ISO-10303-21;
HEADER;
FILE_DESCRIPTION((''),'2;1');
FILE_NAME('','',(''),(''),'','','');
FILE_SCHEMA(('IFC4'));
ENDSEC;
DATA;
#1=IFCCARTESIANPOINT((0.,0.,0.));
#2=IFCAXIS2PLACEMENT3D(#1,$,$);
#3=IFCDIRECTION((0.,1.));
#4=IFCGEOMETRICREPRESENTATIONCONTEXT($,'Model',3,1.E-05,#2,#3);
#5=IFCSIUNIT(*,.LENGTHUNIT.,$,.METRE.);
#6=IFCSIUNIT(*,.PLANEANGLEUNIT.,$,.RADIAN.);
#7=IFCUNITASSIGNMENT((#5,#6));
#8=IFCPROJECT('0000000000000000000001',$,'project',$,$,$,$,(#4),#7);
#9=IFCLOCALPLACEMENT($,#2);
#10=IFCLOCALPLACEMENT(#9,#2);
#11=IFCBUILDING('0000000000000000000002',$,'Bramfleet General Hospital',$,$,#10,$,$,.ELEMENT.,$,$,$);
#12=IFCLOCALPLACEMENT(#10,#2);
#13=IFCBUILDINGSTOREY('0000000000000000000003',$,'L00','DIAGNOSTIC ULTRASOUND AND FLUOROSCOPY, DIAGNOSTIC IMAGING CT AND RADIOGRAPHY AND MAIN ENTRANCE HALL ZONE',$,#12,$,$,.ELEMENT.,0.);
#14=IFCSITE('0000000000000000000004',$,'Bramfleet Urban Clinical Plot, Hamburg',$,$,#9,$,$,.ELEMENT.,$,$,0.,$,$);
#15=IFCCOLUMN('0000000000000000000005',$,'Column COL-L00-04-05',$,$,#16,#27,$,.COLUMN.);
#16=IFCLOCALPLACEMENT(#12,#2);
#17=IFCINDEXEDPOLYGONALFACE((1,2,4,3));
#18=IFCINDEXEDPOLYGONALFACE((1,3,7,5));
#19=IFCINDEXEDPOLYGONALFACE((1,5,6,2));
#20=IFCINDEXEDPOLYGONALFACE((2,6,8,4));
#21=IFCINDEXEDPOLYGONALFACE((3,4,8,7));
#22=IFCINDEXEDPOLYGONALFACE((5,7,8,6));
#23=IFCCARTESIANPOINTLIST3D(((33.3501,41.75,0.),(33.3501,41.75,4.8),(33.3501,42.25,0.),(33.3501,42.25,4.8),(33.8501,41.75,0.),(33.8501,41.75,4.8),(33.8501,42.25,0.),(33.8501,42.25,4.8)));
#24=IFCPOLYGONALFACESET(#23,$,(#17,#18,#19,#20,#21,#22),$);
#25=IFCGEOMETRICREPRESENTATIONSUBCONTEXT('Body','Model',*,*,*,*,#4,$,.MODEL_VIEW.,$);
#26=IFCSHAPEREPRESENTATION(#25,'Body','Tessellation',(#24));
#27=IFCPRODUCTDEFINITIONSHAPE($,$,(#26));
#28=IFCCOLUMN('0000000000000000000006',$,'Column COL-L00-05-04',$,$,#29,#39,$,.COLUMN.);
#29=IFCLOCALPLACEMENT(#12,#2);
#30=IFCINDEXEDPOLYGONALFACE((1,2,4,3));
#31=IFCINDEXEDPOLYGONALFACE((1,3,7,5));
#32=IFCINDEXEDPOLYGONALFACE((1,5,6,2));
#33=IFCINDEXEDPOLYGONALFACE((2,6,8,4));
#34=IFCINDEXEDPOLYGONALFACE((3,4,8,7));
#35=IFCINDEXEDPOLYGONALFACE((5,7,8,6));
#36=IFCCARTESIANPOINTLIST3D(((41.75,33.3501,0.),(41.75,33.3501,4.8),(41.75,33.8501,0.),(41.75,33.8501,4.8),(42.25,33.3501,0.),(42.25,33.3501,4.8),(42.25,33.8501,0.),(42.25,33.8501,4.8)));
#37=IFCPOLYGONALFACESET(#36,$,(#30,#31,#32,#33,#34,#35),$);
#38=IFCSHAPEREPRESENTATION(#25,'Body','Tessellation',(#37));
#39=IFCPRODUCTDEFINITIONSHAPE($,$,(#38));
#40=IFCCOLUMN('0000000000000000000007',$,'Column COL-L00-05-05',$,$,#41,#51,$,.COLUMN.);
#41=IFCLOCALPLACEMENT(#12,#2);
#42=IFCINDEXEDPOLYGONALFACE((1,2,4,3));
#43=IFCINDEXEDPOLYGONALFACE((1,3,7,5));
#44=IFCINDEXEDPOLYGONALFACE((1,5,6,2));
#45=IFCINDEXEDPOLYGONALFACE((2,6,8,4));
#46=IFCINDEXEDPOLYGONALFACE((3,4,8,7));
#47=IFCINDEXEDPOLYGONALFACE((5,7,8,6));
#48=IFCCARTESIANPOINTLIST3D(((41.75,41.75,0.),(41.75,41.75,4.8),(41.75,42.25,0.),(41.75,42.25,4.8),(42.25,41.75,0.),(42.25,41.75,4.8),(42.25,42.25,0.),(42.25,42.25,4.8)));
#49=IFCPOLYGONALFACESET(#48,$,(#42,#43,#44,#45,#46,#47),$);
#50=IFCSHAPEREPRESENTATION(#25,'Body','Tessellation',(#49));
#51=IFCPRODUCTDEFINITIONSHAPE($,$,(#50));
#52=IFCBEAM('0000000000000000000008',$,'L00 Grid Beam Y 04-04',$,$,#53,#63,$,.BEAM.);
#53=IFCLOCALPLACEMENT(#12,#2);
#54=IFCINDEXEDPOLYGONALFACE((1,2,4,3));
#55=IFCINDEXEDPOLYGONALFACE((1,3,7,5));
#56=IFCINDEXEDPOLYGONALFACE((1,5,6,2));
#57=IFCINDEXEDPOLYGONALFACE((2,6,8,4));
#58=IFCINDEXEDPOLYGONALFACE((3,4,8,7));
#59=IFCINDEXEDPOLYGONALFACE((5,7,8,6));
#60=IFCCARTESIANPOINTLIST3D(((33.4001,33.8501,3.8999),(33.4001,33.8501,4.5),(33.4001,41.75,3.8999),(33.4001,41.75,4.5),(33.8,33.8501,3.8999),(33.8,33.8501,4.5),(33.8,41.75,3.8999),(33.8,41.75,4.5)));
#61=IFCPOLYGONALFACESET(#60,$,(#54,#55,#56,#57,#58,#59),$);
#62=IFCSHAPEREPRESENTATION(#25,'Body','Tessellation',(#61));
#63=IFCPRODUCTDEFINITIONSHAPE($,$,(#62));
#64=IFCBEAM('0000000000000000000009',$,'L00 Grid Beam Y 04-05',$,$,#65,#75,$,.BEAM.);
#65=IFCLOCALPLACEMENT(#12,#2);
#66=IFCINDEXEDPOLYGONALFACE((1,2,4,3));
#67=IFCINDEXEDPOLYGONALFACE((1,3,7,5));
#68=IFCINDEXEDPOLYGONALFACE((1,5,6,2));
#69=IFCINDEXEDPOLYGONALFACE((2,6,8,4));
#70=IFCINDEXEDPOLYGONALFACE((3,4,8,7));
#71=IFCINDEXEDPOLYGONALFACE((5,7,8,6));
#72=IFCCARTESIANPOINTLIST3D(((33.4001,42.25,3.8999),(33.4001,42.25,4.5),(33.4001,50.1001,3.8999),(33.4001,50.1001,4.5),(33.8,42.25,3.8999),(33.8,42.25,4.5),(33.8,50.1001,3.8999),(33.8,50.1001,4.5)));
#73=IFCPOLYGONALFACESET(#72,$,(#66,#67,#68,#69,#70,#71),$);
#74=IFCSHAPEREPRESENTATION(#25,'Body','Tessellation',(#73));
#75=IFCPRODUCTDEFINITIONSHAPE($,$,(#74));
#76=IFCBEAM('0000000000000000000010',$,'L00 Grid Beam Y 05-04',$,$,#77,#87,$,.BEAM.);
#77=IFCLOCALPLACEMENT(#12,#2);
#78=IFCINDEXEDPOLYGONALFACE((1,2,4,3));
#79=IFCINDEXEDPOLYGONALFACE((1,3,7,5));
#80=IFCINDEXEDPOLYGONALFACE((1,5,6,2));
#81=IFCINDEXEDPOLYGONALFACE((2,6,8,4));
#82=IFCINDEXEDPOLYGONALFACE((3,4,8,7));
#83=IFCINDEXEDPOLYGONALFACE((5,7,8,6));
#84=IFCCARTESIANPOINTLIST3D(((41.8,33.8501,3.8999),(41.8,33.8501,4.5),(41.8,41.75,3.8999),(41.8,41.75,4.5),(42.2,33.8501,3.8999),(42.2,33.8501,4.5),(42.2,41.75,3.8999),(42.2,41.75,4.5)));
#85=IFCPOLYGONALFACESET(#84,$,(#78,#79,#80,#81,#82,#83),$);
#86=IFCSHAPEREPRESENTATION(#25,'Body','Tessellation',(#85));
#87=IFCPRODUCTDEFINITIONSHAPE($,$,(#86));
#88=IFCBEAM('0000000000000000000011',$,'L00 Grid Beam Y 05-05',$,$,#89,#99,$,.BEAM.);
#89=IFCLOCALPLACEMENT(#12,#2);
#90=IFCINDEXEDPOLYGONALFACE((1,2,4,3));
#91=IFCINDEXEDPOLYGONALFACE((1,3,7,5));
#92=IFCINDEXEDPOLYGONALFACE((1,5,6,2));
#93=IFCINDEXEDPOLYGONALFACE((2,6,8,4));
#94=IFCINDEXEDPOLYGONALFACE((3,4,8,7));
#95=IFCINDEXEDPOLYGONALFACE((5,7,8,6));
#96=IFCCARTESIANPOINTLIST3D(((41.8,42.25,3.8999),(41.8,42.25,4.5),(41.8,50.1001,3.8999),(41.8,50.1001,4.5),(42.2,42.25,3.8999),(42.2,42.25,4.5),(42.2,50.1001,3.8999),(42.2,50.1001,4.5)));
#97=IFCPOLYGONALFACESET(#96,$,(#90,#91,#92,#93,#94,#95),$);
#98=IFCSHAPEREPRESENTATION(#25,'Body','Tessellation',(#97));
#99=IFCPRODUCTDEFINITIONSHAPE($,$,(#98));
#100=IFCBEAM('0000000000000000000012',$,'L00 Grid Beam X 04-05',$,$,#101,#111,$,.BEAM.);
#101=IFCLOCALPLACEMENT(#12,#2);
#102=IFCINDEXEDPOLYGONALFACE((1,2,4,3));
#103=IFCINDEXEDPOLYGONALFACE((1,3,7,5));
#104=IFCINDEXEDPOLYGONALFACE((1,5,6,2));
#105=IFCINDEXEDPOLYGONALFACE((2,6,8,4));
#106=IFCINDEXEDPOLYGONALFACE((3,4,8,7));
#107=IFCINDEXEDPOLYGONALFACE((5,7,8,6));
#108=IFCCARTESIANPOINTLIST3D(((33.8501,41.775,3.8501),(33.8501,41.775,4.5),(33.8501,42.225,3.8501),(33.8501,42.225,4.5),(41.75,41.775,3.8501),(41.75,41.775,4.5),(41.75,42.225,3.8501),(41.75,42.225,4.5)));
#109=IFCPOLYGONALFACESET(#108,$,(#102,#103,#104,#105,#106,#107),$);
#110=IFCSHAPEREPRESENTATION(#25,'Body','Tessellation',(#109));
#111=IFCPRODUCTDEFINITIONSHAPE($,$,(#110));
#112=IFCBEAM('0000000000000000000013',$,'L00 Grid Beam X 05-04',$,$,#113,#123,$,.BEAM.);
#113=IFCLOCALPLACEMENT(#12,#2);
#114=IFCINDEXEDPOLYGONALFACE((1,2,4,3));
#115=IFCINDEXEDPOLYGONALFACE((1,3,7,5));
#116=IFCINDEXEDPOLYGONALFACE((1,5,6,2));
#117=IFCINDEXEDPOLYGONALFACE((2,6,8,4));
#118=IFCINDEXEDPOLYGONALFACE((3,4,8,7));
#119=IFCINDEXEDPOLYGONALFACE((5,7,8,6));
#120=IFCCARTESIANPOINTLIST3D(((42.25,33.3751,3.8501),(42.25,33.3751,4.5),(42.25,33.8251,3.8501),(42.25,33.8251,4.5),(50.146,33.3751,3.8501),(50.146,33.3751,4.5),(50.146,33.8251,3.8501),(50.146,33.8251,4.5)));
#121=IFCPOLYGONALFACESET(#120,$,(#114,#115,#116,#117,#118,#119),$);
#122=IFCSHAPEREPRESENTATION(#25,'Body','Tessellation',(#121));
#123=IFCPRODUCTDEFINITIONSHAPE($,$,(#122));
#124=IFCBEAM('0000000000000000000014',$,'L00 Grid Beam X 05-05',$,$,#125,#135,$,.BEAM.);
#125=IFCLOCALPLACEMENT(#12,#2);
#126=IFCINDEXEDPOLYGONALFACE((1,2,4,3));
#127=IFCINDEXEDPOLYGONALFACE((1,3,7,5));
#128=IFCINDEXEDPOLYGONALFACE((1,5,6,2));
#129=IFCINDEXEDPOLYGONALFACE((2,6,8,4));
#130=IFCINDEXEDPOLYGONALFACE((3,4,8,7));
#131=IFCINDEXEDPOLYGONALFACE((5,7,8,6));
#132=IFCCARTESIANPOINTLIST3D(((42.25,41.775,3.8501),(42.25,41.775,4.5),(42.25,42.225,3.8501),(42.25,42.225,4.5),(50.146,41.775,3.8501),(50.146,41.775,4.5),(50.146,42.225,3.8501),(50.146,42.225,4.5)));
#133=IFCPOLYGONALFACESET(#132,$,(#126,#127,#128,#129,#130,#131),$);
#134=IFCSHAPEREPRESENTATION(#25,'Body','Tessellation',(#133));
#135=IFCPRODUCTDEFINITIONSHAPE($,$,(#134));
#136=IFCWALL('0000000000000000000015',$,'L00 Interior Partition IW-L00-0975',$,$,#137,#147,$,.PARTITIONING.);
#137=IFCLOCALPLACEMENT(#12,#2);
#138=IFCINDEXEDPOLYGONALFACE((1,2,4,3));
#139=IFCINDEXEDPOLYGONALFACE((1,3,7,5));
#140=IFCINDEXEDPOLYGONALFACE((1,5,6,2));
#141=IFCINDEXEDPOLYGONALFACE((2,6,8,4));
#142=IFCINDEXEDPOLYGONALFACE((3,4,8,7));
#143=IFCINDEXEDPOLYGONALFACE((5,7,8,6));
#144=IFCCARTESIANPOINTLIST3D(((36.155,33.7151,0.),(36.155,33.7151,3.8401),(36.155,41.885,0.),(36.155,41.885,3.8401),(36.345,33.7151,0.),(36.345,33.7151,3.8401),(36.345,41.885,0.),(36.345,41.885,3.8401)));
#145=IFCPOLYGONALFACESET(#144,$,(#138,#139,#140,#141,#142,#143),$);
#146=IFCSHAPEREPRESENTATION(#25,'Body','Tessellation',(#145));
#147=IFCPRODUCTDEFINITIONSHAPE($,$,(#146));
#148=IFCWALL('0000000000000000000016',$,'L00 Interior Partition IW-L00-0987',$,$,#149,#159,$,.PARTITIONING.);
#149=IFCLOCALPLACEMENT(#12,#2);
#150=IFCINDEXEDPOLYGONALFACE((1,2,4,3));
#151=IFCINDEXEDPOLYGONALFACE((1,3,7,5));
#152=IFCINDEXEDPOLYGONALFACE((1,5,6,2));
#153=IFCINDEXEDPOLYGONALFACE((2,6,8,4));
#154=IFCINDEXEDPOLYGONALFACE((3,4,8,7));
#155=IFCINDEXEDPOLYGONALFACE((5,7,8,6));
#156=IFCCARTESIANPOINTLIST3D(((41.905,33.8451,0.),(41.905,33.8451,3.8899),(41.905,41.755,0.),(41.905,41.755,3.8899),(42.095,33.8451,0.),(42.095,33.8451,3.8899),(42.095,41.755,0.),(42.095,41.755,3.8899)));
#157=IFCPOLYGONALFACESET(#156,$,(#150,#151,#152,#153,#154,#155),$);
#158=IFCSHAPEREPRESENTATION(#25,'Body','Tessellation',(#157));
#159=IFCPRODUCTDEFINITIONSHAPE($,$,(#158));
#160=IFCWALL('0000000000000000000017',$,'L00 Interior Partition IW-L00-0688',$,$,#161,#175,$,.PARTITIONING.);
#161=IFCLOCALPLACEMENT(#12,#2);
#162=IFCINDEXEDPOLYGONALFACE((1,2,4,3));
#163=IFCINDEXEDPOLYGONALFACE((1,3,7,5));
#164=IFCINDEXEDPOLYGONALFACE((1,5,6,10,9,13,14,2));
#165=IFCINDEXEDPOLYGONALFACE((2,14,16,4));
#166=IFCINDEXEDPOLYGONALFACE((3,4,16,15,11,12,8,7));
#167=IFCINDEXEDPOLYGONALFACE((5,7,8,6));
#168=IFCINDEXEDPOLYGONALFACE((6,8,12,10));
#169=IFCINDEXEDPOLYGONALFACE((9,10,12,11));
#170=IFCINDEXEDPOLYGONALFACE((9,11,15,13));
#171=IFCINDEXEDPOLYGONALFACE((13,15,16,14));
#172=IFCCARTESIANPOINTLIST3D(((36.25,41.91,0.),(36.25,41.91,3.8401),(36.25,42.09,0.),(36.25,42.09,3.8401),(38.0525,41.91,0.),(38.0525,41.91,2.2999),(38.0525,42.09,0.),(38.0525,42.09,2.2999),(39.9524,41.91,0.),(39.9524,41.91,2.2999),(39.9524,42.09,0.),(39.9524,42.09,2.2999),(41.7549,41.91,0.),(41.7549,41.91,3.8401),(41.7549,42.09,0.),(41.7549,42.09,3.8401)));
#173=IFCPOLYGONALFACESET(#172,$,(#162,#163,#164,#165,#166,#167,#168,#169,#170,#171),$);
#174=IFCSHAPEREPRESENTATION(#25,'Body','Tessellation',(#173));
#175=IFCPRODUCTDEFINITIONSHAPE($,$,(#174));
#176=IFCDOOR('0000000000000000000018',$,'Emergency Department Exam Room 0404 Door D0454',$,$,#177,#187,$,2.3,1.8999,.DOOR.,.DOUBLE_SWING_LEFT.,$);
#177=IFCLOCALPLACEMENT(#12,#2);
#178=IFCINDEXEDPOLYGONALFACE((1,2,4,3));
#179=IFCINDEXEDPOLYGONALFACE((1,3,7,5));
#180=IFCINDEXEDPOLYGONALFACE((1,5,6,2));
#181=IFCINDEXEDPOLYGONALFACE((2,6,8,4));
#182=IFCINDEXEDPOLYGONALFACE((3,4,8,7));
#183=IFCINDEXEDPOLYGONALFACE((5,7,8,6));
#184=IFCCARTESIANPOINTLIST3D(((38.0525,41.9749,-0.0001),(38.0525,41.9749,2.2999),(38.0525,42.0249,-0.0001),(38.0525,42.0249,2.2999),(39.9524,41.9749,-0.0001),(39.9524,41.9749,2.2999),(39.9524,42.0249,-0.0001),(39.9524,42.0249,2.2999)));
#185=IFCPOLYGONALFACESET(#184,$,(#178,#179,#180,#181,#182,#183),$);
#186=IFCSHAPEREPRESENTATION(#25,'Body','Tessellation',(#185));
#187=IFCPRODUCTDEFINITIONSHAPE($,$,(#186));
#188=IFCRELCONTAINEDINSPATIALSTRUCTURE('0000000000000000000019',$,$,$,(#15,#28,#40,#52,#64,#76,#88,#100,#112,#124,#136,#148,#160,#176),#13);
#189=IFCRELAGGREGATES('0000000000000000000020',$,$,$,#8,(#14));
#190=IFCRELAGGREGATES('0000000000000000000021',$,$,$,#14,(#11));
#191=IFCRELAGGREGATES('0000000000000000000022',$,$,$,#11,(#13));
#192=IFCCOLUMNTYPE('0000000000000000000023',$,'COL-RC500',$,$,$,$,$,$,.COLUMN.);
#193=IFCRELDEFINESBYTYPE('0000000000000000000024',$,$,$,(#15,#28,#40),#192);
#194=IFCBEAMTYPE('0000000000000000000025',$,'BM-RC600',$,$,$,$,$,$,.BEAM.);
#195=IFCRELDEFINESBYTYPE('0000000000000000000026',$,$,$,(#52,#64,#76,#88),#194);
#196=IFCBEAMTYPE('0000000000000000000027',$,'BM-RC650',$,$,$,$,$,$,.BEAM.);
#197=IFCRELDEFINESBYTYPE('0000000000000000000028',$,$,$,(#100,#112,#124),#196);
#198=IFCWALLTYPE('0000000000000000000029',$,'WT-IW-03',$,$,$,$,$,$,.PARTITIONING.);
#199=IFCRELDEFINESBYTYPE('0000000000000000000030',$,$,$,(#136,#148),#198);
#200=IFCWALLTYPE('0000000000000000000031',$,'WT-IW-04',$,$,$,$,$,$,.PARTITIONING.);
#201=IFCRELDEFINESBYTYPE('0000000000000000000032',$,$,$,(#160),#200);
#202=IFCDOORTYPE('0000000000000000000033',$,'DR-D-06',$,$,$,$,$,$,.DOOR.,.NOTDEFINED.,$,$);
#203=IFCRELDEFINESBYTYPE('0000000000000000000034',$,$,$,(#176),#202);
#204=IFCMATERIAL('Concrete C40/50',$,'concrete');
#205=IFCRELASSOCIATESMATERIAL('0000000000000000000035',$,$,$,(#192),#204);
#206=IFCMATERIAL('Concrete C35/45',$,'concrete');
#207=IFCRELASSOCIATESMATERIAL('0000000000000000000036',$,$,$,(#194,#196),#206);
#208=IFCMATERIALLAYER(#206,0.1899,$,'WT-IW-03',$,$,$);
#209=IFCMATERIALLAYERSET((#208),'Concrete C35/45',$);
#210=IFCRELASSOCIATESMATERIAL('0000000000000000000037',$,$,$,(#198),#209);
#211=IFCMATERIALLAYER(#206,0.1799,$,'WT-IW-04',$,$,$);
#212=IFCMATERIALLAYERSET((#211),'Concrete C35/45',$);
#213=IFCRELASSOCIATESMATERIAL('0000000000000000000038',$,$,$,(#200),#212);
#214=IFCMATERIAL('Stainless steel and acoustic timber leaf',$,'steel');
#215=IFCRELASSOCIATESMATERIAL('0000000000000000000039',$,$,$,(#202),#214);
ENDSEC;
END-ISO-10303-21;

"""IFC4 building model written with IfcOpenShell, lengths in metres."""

from ifc_helpers import new_model, si_unit, direction, frame, frame_2d, origin, origin_2d, place, context, subcontext, project, spatial, rectangle, extrude, material, layer, layer_set, material_profile, profile_set, type_object, element, fill, save


model = new_model("IFC4")

# Units and contexts
model_context = context("Model", 3, precision=1e-05, world=origin(), true_north=direction((0.0, 1.0)))
body_context = subcontext(model_context, "Body", "Model", "MODEL_VIEW")
ifc_project = project(units=[si_unit("LENGTHUNIT", "METRE"), si_unit("PLANEANGLEUNIT", "RADIAN")], contexts=[model_context])

# Site, building, storey
site_placement = place(None, origin())
site = spatial("IfcSite", under=ifc_project, at=site_placement, Name="Bramfleet Urban Clinical Plot, Hamburg", CompositionType="ELEMENT", RefElevation=0.0)
building_placement = place(site_placement, origin())
building = spatial("IfcBuilding", under=site, at=building_placement, Name="Bramfleet General Hospital", CompositionType="ELEMENT")
storey_placement = place(building_placement, origin())
storey = spatial("IfcBuildingStorey", under=building, at=storey_placement, Name="L00", Description="DIAGNOSTIC ULTRASOUND AND FLUOROSCOPY, DIAGNOSTIC IMAGING CT AND RADIOGRAPHY AND MAIN ENTRANCE HALL ZONE", CompositionType="ELEMENT", Elevation=0.0)

# Columns
ifc_material_1 = material(Name="Concrete C40/50", Category="concrete")
ifc_material_profile_1 = material_profile(ifc_material_1, rectangle(XDim=0.5, YDim=0.5, at=origin_2d()), Name="RC COL 500x500")
ifc_profile_set_1 = profile_set([ifc_material_profile_1], Name="Concrete C40/50")
column_type = type_object("IfcColumnType", Name="COL-RC500", PredefinedType="COLUMN", material=ifc_profile_set_1)
for number, where, z_axis, x_axis, name in (
    (1, (33.6001, 42.0, 0.0), (0.0, 0.0, 1.0), (1.0, 0.0, 0.0), "Column COL-L00-04-05"),
    (2, (42.0, 33.6001, 0.0), (0.0, 0.0, 1.0), (1.0, 0.0, 0.0), "Column COL-L00-05-04"),
    (3, (42.0, 42.0, 0.0), (0.0, 0.0, 1.0), (1.0, 0.0, 0.0), "Column COL-L00-05-05"),
):
    element("IfcColumn", number, at=place(storey_placement, frame(where, z_axis=z_axis, x_axis=x_axis)), inside=storey, type_object=column_type, Name=name, PredefinedType="COLUMN", context=body_context, shape_type="SweptSolid", body=[
        extrude(rectangle(XDim=0.5, YDim=0.5, at=origin_2d()), origin(), (0.0, 0.0, 1.0), 4.8),
    ])

# Beams
ifc_material_2 = material(Name="Concrete C35/45", Category="concrete")
ifc_material_profile_2 = material_profile(ifc_material_2, rectangle(XDim=0.3999, YDim=0.6001, at=origin_2d()), Name="RC BM 600x400")
ifc_profile_set_2 = profile_set([ifc_material_profile_2], Name="Concrete C35/45")
beam_type_1 = type_object("IfcBeamType", Name="BM-RC600", PredefinedType="BEAM", material=ifc_profile_set_2)
beam_1_placement = place(storey_placement, frame((33.6001, 33.8501, 4.2), z_axis=(0.0, 1.0, 0.0), x_axis=(-1.0, 0.0, 0.0)))
element("IfcBeam", 4, at=beam_1_placement, inside=storey, type_object=beam_type_1, Name="L00 Grid Beam Y 04-04", PredefinedType="BEAM", context=body_context, shape_type="SweptSolid", body=[
    extrude(rectangle(XDim=0.3999, YDim=0.6001, at=origin_2d()), origin(), (0.0, 0.0, 1.0), 7.8999),
])
beam_2_placement = place(storey_placement, frame((33.6001, 42.25, 4.2), z_axis=(0.0, 1.0, 0.0), x_axis=(-1.0, 0.0, 0.0)))
element("IfcBeam", 5, at=beam_2_placement, inside=storey, type_object=beam_type_1, Name="L00 Grid Beam Y 04-05", PredefinedType="BEAM", context=body_context, shape_type="SweptSolid", body=[
    extrude(rectangle(XDim=0.3999, YDim=0.6001, at=origin_2d()), origin(), (0.0, 0.0, 1.0), 7.8501),
])
beam_3_placement = place(storey_placement, frame((42.0, 33.8501, 4.2), z_axis=(0.0, 1.0, 0.0), x_axis=(-1.0, 0.0, 0.0)))
element("IfcBeam", 6, at=beam_3_placement, inside=storey, type_object=beam_type_1, Name="L00 Grid Beam Y 05-04", PredefinedType="BEAM", context=body_context, shape_type="SweptSolid", body=[
    extrude(rectangle(XDim=0.3999, YDim=0.6001, at=origin_2d()), origin(), (0.0, 0.0, 1.0), 7.8999),
])
beam_4_placement = place(storey_placement, frame((42.0, 42.25, 4.2), z_axis=(0.0, 1.0, 0.0), x_axis=(-1.0, 0.0, 0.0)))
element("IfcBeam", 7, at=beam_4_placement, inside=storey, type_object=beam_type_1, Name="L00 Grid Beam Y 05-05", PredefinedType="BEAM", context=body_context, shape_type="SweptSolid", body=[
    extrude(rectangle(XDim=0.3999, YDim=0.6001, at=origin_2d()), origin(), (0.0, 0.0, 1.0), 7.8501),
])
ifc_material_profile_3 = material_profile(ifc_material_2, rectangle(XDim=0.45, YDim=0.6499, at=origin_2d()), Name="RC BM 650x450")
ifc_profile_set_3 = profile_set([ifc_material_profile_3], Name="Concrete C35/45")
beam_type_2 = type_object("IfcBeamType", Name="BM-RC650", PredefinedType="BEAM", material=ifc_profile_set_3)
beam_5_placement = place(storey_placement, frame((33.8501, 42.0, 4.175), z_axis=(1.0, 0.0, 0.0), x_axis=(0.0, 1.0, 0.0)))
element("IfcBeam", 8, at=beam_5_placement, inside=storey, type_object=beam_type_2, Name="L00 Grid Beam X 04-05", PredefinedType="BEAM", context=body_context, shape_type="SweptSolid", body=[
    extrude(rectangle(XDim=0.45, YDim=0.6499, at=origin_2d()), origin(), (0.0, 0.0, 1.0), 7.8999),
])
for number, where, z_axis, x_axis, name in (
    (9, (42.25, 33.6001, 4.175), (1.0, 0.0, 0.0), (0.0, 1.0, 0.0), "L00 Grid Beam X 05-04"),
    (10, (42.25, 42.0, 4.175), (1.0, 0.0, 0.0), (0.0, 1.0, 0.0), "L00 Grid Beam X 05-05"),
):
    element("IfcBeam", number, at=place(storey_placement, frame(where, z_axis=z_axis, x_axis=x_axis)), inside=storey, type_object=beam_type_2, Name=name, PredefinedType="BEAM", context=body_context, shape_type="SweptSolid", body=[
        extrude(rectangle(XDim=0.45, YDim=0.6499, at=origin_2d()), origin(), (0.0, 0.0, 1.0), 7.896),
    ])

# Walls
ifc_layer_1 = layer(ifc_material_2, 0.1899, Name="WT-IW-03")
ifc_layer_set_1 = layer_set([ifc_layer_1], Name="Concrete C35/45")
wall_type_1 = type_object("IfcWallType", Name="WT-IW-03", PredefinedType="PARTITIONING", material=ifc_layer_set_1)
wall_1_placement = place(storey_placement, frame((36.25, 33.7151, 0.0), z_axis=(0.0, 0.0, 1.0), x_axis=(0.0, 1.0, 0.0)))
element("IfcWall", 11, at=wall_1_placement, inside=storey, type_object=wall_type_1, Name="L00 Interior Partition IW-L00-0975", PredefinedType="PARTITIONING", context=body_context, shape_type="SweptSolid", body=[
    extrude(rectangle(XDim=8.1699, YDim=0.1899, at=frame_2d((4.085, 0.0))), origin(), (0.0, 0.0, 1.0), 3.8401),
])
wall_2_placement = place(storey_placement, frame((42.0, 33.845, 0.0), z_axis=(0.0, 0.0, 1.0), x_axis=(0.0, 1.0, 0.0)))
element("IfcWall", 12, at=wall_2_placement, inside=storey, type_object=wall_type_1, Name="L00 Interior Partition IW-L00-0987", PredefinedType="PARTITIONING", context=body_context, shape_type="SweptSolid", body=[
    extrude(rectangle(XDim=7.9099, YDim=0.1899, at=frame_2d((3.9551, 0.0))), origin(), (0.0, 0.0, 1.0), 3.8899),
])

# Wall, opening, door
ifc_layer_2 = layer(ifc_material_2, 0.1799, Name="WT-IW-04")
ifc_layer_set_2 = layer_set([ifc_layer_2], Name="Concrete C35/45")
wall_type_2 = type_object("IfcWallType", Name="WT-IW-04", PredefinedType="PARTITIONING", material=ifc_layer_set_2)
wall_3_placement = place(storey_placement, frame((36.25, 42.0, 0.0), z_axis=(0.0, 0.0, 1.0), x_axis=(1.0, 0.0, 0.0)))
wall_3 = element("IfcWall", 13, at=wall_3_placement, inside=storey, type_object=wall_type_2, Name="L00 Interior Partition IW-L00-0688", PredefinedType="PARTITIONING", context=body_context, shape_type="SweptSolid", body=[
    extrude(rectangle(XDim=5.5049, YDim=0.1799, at=frame_2d((2.7524, 0.0))), origin(), (0.0, 0.0, 1.0), 3.8401),
])
opening_1_placement = place(wall_3_placement, frame((1.8025, 0.0, 0.0)))
opening_1 = element("IfcOpeningElement", 14, at=opening_1_placement, cuts=wall_3, PredefinedType="OPENING", context=body_context, shape_type="SweptSolid", body=[
    extrude(rectangle(XDim=1.8999, YDim=2.3, at=frame_2d((0.95, 1.1499))), frame((0.0, 0.0999, 0.0), z_axis=(0.0, -1.0, 0.0), x_axis=(1.0, 0.0, 0.0)), (0.0, 0.0, 1.0), 0.2),
])
ifc_material_3 = material(Name="Stainless steel and acoustic timber leaf", Category="steel")
door_type_1 = type_object("IfcDoorType", Name="DR-D-06", OperationType="NOTDEFINED", PredefinedType="DOOR", material=ifc_material_3)
door_1_placement = place(opening_1_placement, origin())
door_1 = element("IfcDoor", 15, at=door_1_placement, inside=storey, type_object=door_type_1, Name="Emergency Department Exam Room 0404 Door D0454", OperationType="DOUBLE_SWING_LEFT", OverallHeight=2.3, OverallWidth=1.8999, PredefinedType="DOOR", context=body_context, shape_type="SweptSolid", body=[
    extrude(rectangle(XDim=1.8999, YDim=2.3, at=frame_2d((0.95, 1.1499))), frame((0.0, 0.0249, 0.0), z_axis=(0.0, -1.0, 0.0), x_axis=(1.0, 0.0, 0.0)), (0.0, 0.0, 1.0), 0.05),
])
fill(opening_1, door_1)

save(model, "model.ifc")
